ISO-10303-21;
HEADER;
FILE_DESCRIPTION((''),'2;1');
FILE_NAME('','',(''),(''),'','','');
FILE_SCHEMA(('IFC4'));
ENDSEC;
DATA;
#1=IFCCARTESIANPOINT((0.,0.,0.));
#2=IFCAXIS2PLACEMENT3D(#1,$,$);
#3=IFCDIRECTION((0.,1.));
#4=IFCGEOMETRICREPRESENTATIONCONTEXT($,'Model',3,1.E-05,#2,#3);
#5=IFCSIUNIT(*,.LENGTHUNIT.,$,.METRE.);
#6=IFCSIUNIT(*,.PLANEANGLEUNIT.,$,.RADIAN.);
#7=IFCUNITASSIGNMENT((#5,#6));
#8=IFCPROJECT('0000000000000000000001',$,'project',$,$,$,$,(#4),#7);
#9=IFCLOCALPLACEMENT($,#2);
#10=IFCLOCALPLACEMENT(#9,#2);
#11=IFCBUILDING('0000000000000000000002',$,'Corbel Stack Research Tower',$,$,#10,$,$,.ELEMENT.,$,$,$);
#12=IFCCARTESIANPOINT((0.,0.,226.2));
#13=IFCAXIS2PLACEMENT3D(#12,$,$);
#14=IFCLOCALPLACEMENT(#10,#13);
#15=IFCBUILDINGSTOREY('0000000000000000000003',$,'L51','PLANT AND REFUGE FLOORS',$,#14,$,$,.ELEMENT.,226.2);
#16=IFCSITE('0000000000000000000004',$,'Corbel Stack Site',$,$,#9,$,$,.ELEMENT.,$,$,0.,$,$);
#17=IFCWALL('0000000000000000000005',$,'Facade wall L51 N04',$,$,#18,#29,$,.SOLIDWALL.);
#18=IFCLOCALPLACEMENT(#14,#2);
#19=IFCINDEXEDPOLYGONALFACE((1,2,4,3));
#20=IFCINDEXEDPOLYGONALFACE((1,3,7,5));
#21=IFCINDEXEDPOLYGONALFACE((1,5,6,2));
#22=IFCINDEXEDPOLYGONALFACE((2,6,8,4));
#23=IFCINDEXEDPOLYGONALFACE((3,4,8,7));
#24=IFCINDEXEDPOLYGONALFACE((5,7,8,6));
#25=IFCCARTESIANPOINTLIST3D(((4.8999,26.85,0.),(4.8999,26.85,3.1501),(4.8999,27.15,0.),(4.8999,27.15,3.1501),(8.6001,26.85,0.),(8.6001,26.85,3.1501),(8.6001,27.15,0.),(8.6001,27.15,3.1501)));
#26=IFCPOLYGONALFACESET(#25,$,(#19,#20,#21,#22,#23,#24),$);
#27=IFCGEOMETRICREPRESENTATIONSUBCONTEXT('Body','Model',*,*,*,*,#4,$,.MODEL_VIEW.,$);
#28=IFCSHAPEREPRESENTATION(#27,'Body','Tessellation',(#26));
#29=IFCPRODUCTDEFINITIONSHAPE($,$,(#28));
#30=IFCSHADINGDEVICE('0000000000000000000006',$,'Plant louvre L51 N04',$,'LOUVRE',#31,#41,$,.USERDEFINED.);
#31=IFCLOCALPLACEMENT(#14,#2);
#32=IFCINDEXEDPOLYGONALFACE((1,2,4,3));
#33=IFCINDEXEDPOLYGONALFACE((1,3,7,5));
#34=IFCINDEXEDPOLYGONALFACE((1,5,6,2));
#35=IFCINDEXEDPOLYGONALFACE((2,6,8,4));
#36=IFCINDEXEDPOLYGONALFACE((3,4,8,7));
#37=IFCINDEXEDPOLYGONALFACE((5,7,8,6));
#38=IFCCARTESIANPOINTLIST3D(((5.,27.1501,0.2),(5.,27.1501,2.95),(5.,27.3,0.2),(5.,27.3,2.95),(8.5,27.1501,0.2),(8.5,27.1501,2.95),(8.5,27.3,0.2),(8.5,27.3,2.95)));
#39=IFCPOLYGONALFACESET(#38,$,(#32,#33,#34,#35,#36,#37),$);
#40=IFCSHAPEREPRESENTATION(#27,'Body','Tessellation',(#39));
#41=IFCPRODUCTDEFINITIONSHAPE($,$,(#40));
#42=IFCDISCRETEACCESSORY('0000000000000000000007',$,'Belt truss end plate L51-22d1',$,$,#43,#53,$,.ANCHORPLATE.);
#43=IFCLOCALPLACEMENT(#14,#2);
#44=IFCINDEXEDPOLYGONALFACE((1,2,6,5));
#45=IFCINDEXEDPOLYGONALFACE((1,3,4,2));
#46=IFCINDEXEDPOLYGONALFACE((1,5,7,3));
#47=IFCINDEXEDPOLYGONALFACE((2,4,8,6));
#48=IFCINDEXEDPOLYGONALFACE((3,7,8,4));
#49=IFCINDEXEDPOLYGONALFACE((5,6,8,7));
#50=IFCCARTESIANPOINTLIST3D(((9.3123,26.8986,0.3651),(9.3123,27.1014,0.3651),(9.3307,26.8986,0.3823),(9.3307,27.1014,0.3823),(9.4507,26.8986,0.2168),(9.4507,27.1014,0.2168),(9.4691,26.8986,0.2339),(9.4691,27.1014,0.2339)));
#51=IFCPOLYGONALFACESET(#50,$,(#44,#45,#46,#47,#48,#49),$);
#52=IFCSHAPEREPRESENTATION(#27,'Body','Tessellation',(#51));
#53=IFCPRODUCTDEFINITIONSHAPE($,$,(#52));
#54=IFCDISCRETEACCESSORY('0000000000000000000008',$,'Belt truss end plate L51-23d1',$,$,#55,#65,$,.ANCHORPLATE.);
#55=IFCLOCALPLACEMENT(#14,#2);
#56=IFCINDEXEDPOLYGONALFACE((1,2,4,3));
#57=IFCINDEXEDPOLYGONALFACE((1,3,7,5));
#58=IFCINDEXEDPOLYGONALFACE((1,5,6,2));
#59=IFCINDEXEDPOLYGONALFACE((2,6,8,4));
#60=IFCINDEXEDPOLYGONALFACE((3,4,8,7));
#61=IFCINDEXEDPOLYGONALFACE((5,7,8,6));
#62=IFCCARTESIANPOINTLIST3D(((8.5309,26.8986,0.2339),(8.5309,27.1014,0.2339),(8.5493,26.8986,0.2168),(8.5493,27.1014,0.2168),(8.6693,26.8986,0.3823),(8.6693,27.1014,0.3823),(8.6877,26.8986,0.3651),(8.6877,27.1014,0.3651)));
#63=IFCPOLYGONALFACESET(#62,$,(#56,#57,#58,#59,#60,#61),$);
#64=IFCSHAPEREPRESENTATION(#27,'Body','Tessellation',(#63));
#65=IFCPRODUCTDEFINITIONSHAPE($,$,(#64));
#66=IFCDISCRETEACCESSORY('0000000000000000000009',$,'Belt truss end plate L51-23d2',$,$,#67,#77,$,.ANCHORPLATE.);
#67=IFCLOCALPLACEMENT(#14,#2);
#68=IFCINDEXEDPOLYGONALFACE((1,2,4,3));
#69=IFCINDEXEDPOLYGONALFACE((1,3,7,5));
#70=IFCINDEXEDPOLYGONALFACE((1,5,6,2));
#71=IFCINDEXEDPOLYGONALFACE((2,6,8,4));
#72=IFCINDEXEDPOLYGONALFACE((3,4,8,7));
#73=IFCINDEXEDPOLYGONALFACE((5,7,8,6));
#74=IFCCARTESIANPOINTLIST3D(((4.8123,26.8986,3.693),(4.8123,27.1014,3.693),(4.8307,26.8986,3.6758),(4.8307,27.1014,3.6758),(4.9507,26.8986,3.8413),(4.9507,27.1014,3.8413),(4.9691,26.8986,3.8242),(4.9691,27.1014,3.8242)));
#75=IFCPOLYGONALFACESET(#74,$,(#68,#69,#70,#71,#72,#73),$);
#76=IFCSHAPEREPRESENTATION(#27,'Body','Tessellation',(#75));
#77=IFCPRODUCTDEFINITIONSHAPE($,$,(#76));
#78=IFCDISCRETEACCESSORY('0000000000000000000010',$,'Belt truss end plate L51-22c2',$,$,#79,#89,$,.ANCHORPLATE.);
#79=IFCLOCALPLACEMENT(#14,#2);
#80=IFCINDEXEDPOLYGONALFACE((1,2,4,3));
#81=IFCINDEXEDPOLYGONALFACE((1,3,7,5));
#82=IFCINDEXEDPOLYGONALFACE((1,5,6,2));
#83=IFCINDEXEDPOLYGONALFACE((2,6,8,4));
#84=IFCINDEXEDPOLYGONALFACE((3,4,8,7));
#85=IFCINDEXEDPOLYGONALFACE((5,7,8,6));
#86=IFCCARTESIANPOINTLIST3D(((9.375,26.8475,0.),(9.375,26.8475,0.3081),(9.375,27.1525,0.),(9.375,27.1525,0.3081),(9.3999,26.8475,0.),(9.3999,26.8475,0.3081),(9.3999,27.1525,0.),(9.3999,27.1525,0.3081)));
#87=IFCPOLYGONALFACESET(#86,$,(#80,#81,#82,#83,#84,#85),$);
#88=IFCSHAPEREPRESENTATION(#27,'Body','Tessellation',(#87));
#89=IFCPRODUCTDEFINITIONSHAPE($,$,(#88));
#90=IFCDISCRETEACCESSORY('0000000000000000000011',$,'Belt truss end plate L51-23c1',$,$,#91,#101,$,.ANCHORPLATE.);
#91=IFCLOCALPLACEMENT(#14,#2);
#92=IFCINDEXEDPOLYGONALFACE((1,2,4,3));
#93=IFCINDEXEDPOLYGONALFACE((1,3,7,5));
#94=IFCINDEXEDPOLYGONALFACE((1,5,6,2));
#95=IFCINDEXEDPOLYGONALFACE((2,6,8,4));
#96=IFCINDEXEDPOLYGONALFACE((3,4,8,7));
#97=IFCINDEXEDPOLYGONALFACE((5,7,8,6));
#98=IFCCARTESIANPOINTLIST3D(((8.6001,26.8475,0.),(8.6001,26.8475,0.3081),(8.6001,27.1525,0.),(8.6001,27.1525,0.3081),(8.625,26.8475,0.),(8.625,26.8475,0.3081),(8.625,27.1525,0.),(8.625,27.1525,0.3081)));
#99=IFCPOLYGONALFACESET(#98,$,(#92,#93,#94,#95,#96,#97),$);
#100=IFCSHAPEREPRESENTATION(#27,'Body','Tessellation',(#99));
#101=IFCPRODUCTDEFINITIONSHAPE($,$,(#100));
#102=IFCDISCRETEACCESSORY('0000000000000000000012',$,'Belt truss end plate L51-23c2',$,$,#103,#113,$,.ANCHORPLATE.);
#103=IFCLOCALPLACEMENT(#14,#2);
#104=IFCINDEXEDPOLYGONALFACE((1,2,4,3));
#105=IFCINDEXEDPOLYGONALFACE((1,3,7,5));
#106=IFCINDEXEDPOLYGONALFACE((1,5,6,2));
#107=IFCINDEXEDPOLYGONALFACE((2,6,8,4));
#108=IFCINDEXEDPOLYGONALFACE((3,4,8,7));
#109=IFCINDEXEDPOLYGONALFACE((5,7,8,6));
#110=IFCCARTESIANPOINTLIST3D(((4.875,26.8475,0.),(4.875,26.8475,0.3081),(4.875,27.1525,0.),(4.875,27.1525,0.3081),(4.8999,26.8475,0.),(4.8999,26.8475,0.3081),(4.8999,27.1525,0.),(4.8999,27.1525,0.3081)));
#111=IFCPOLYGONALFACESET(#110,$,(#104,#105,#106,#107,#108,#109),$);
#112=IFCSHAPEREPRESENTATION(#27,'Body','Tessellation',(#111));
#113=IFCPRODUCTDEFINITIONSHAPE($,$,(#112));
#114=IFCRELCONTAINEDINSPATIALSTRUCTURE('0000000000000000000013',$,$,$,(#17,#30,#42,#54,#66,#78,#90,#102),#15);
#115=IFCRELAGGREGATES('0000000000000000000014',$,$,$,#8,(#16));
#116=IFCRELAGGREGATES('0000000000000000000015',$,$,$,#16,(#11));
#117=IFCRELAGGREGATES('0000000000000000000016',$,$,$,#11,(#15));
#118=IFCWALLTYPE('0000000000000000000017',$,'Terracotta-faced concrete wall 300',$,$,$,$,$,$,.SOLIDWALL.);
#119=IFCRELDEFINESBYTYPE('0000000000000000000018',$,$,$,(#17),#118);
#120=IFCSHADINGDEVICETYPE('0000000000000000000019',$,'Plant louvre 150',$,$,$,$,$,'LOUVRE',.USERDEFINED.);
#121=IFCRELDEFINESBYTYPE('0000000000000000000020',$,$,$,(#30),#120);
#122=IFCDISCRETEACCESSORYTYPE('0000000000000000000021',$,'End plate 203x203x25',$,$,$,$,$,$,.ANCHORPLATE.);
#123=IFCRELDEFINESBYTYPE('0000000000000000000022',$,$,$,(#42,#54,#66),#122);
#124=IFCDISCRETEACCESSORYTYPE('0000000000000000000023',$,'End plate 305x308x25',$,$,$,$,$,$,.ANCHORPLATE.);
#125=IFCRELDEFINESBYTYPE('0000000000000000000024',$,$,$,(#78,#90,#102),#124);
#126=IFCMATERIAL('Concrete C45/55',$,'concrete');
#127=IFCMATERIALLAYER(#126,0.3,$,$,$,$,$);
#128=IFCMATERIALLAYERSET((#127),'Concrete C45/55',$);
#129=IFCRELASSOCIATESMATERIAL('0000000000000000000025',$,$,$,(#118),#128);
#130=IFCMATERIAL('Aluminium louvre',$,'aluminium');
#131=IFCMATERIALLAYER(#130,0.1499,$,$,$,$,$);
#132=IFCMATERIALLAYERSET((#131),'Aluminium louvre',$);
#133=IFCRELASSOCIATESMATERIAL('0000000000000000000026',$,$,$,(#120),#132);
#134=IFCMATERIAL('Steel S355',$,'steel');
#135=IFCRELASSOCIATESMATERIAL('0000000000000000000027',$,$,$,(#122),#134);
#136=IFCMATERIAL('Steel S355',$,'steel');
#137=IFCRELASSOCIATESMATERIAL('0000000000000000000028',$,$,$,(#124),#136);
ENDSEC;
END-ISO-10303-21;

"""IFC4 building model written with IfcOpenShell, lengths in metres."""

from ifc_helpers import new_model, si_unit, direction, frame, frame_2d, origin, origin_2d, place, context, subcontext, project, spatial, rectangle, extrude, material, layer, layer_set, material_profile, profile_set, type_object, element, save


model = new_model("IFC4")

# Units and contexts
model_context = context("Model", 3, precision=1e-05, world=origin(), true_north=direction((0.0, 1.0)))
body_context = subcontext(model_context, "Body", "Model", "MODEL_VIEW")
ifc_project = project(units=[si_unit("LENGTHUNIT", "METRE"), si_unit("PLANEANGLEUNIT", "RADIAN")], contexts=[model_context])

# Site, building, storey
site_placement = place(None, origin())
site = spatial("IfcSite", under=ifc_project, at=site_placement, Name="Corbel Stack Site", CompositionType="ELEMENT", RefElevation=0.0)
building_placement = place(site_placement, origin())
building = spatial("IfcBuilding", under=site, at=building_placement, Name="Corbel Stack Research Tower", CompositionType="ELEMENT")
storey_placement = place(building_placement, frame((0.0, 0.0, 226.2)))
storey = spatial("IfcBuildingStorey", under=building, at=storey_placement, Name="L51", Description="PLANT AND REFUGE FLOORS", CompositionType="ELEMENT", Elevation=226.2)

# Wall
ifc_material_1 = material(Name="Concrete C45/55", Category="concrete")
ifc_layer_1 = layer(ifc_material_1, 0.3)
ifc_layer_set_1 = layer_set([ifc_layer_1], Name="Concrete C45/55")
wall_type_1 = type_object("IfcWallType", Name="Terracotta-faced concrete wall 300", PredefinedType="SOLIDWALL", material=ifc_layer_set_1)
wall_1_placement = place(storey_placement, frame((4.8999, 27.0, 0.0), z_axis=(0.0, 0.0, 1.0), x_axis=(1.0, 0.0, 0.0)))
element("IfcWall", 1, at=wall_1_placement, inside=storey, type_object=wall_type_1, Name="Facade wall L51 N04", PredefinedType="SOLIDWALL", context=body_context, shape_type="SweptSolid", body=[
    extrude(rectangle(XDim=3.7002, YDim=0.3, at=frame_2d((1.8501, 0.0))), origin(), (0.0, 0.0, 1.0), 3.1501),
])

# Shading device
ifc_material_2 = material(Name="Aluminium louvre", Category="aluminium")
ifc_layer_2 = layer(ifc_material_2, 0.1499)
ifc_layer_set_2 = layer_set([ifc_layer_2], Name="Aluminium louvre")
shading_device_type = type_object("IfcShadingDeviceType", Name="Plant louvre 150", ElementType="LOUVRE", PredefinedType="USERDEFINED", material=ifc_layer_set_2)
shading_device_placement = place(storey_placement, frame((6.75, 27.2251, 0.2), z_axis=(0.0, 0.0, 1.0), x_axis=(-1.0, 0.0, 0.0)))
element("IfcShadingDevice", 2, at=shading_device_placement, inside=storey, type_object=shading_device_type, Name="Plant louvre L51 N04", ObjectType="LOUVRE", PredefinedType="USERDEFINED", context=body_context, shape_type="SweptSolid", body=[
    extrude(rectangle(XDim=3.5, YDim=0.1499, at=origin_2d()), origin(), (0.0, 0.0, 1.0), 2.75),
])

# Discrete accessories
ifc_material_3 = material(Name="Steel S355", Category="steel")
ifc_material_profile_1 = material_profile(ifc_material_3, rectangle(XDim=0.2029, YDim=0.2029, at=origin_2d()), Name="End plate 203x203x25")
ifc_profile_set_1 = profile_set([ifc_material_profile_1], Name="Steel S355")
discrete_accessory_type_1 = type_object("IfcDiscreteAccessoryType", Name="End plate 203x203x25", PredefinedType="ANCHORPLATE", material=ifc_profile_set_1)
for number, where, z_axis, x_axis, name in (
    (3, (9.3999, 27.0, 0.3081), (-0.731055, 0.0, -0.682318), (0.0, -1.0, 0.0), "Belt truss end plate L51-22d1"),
    (4, (8.6001, 27.0, 0.3081), (0.731055, 0.0, -0.682318), (0.0, 1.0, 0.0), "Belt truss end plate L51-23d1"),
    (5, (4.8999, 27.0, 3.75), (-0.731055, 0.0, 0.682318), (0.0, -1.0, 0.0), "Belt truss end plate L51-23d2"),
):
    element("IfcDiscreteAccessory", number, at=place(storey_placement, frame(where, z_axis=z_axis, x_axis=x_axis)), inside=storey, type_object=discrete_accessory_type_1, Name=name, PredefinedType="ANCHORPLATE", context=body_context, shape_type="SweptSolid", body=[
        extrude(rectangle(XDim=0.2029, YDim=0.2029, at=origin_2d()), origin(), (0.0, 0.0, 1.0), 0.0251),
    ])
ifc_material_4 = material(Name="Steel S355", Category="steel")
ifc_material_profile_2 = material_profile(ifc_material_4, rectangle(XDim=0.3049, YDim=0.3081, at=origin_2d()), Name="End plate 305x308x25")
ifc_profile_set_2 = profile_set([ifc_material_profile_2], Name="Steel S355")
discrete_accessory_type_2 = type_object("IfcDiscreteAccessoryType", Name="End plate 305x308x25", PredefinedType="ANCHORPLATE", material=ifc_profile_set_2)
for number, where, z_axis, x_axis, name in (
    (6, (9.3999, 27.0, 0.1541), (-1.0, 0.0, 0.0), (0.0, -1.0, 0.0), "Belt truss end plate L51-22c2"),
    (7, (8.6001, 27.0, 0.1541), (1.0, 0.0, 0.0), (0.0, 1.0, 0.0), "Belt truss end plate L51-23c1"),
    (8, (4.8999, 27.0, 0.1541), (-1.0, 0.0, 0.0), (0.0, -1.0, 0.0), "Belt truss end plate L51-23c2"),
):
    element("IfcDiscreteAccessory", number, at=place(storey_placement, frame(where, z_axis=z_axis, x_axis=x_axis)), inside=storey, type_object=discrete_accessory_type_2, Name=name, PredefinedType="ANCHORPLATE", context=body_context, shape_type="SweptSolid", body=[
        extrude(rectangle(XDim=0.3049, YDim=0.3081, at=origin_2d()), origin(), (0.0, 0.0, 1.0), 0.0249),
    ])

save(model, "model.ifc")
